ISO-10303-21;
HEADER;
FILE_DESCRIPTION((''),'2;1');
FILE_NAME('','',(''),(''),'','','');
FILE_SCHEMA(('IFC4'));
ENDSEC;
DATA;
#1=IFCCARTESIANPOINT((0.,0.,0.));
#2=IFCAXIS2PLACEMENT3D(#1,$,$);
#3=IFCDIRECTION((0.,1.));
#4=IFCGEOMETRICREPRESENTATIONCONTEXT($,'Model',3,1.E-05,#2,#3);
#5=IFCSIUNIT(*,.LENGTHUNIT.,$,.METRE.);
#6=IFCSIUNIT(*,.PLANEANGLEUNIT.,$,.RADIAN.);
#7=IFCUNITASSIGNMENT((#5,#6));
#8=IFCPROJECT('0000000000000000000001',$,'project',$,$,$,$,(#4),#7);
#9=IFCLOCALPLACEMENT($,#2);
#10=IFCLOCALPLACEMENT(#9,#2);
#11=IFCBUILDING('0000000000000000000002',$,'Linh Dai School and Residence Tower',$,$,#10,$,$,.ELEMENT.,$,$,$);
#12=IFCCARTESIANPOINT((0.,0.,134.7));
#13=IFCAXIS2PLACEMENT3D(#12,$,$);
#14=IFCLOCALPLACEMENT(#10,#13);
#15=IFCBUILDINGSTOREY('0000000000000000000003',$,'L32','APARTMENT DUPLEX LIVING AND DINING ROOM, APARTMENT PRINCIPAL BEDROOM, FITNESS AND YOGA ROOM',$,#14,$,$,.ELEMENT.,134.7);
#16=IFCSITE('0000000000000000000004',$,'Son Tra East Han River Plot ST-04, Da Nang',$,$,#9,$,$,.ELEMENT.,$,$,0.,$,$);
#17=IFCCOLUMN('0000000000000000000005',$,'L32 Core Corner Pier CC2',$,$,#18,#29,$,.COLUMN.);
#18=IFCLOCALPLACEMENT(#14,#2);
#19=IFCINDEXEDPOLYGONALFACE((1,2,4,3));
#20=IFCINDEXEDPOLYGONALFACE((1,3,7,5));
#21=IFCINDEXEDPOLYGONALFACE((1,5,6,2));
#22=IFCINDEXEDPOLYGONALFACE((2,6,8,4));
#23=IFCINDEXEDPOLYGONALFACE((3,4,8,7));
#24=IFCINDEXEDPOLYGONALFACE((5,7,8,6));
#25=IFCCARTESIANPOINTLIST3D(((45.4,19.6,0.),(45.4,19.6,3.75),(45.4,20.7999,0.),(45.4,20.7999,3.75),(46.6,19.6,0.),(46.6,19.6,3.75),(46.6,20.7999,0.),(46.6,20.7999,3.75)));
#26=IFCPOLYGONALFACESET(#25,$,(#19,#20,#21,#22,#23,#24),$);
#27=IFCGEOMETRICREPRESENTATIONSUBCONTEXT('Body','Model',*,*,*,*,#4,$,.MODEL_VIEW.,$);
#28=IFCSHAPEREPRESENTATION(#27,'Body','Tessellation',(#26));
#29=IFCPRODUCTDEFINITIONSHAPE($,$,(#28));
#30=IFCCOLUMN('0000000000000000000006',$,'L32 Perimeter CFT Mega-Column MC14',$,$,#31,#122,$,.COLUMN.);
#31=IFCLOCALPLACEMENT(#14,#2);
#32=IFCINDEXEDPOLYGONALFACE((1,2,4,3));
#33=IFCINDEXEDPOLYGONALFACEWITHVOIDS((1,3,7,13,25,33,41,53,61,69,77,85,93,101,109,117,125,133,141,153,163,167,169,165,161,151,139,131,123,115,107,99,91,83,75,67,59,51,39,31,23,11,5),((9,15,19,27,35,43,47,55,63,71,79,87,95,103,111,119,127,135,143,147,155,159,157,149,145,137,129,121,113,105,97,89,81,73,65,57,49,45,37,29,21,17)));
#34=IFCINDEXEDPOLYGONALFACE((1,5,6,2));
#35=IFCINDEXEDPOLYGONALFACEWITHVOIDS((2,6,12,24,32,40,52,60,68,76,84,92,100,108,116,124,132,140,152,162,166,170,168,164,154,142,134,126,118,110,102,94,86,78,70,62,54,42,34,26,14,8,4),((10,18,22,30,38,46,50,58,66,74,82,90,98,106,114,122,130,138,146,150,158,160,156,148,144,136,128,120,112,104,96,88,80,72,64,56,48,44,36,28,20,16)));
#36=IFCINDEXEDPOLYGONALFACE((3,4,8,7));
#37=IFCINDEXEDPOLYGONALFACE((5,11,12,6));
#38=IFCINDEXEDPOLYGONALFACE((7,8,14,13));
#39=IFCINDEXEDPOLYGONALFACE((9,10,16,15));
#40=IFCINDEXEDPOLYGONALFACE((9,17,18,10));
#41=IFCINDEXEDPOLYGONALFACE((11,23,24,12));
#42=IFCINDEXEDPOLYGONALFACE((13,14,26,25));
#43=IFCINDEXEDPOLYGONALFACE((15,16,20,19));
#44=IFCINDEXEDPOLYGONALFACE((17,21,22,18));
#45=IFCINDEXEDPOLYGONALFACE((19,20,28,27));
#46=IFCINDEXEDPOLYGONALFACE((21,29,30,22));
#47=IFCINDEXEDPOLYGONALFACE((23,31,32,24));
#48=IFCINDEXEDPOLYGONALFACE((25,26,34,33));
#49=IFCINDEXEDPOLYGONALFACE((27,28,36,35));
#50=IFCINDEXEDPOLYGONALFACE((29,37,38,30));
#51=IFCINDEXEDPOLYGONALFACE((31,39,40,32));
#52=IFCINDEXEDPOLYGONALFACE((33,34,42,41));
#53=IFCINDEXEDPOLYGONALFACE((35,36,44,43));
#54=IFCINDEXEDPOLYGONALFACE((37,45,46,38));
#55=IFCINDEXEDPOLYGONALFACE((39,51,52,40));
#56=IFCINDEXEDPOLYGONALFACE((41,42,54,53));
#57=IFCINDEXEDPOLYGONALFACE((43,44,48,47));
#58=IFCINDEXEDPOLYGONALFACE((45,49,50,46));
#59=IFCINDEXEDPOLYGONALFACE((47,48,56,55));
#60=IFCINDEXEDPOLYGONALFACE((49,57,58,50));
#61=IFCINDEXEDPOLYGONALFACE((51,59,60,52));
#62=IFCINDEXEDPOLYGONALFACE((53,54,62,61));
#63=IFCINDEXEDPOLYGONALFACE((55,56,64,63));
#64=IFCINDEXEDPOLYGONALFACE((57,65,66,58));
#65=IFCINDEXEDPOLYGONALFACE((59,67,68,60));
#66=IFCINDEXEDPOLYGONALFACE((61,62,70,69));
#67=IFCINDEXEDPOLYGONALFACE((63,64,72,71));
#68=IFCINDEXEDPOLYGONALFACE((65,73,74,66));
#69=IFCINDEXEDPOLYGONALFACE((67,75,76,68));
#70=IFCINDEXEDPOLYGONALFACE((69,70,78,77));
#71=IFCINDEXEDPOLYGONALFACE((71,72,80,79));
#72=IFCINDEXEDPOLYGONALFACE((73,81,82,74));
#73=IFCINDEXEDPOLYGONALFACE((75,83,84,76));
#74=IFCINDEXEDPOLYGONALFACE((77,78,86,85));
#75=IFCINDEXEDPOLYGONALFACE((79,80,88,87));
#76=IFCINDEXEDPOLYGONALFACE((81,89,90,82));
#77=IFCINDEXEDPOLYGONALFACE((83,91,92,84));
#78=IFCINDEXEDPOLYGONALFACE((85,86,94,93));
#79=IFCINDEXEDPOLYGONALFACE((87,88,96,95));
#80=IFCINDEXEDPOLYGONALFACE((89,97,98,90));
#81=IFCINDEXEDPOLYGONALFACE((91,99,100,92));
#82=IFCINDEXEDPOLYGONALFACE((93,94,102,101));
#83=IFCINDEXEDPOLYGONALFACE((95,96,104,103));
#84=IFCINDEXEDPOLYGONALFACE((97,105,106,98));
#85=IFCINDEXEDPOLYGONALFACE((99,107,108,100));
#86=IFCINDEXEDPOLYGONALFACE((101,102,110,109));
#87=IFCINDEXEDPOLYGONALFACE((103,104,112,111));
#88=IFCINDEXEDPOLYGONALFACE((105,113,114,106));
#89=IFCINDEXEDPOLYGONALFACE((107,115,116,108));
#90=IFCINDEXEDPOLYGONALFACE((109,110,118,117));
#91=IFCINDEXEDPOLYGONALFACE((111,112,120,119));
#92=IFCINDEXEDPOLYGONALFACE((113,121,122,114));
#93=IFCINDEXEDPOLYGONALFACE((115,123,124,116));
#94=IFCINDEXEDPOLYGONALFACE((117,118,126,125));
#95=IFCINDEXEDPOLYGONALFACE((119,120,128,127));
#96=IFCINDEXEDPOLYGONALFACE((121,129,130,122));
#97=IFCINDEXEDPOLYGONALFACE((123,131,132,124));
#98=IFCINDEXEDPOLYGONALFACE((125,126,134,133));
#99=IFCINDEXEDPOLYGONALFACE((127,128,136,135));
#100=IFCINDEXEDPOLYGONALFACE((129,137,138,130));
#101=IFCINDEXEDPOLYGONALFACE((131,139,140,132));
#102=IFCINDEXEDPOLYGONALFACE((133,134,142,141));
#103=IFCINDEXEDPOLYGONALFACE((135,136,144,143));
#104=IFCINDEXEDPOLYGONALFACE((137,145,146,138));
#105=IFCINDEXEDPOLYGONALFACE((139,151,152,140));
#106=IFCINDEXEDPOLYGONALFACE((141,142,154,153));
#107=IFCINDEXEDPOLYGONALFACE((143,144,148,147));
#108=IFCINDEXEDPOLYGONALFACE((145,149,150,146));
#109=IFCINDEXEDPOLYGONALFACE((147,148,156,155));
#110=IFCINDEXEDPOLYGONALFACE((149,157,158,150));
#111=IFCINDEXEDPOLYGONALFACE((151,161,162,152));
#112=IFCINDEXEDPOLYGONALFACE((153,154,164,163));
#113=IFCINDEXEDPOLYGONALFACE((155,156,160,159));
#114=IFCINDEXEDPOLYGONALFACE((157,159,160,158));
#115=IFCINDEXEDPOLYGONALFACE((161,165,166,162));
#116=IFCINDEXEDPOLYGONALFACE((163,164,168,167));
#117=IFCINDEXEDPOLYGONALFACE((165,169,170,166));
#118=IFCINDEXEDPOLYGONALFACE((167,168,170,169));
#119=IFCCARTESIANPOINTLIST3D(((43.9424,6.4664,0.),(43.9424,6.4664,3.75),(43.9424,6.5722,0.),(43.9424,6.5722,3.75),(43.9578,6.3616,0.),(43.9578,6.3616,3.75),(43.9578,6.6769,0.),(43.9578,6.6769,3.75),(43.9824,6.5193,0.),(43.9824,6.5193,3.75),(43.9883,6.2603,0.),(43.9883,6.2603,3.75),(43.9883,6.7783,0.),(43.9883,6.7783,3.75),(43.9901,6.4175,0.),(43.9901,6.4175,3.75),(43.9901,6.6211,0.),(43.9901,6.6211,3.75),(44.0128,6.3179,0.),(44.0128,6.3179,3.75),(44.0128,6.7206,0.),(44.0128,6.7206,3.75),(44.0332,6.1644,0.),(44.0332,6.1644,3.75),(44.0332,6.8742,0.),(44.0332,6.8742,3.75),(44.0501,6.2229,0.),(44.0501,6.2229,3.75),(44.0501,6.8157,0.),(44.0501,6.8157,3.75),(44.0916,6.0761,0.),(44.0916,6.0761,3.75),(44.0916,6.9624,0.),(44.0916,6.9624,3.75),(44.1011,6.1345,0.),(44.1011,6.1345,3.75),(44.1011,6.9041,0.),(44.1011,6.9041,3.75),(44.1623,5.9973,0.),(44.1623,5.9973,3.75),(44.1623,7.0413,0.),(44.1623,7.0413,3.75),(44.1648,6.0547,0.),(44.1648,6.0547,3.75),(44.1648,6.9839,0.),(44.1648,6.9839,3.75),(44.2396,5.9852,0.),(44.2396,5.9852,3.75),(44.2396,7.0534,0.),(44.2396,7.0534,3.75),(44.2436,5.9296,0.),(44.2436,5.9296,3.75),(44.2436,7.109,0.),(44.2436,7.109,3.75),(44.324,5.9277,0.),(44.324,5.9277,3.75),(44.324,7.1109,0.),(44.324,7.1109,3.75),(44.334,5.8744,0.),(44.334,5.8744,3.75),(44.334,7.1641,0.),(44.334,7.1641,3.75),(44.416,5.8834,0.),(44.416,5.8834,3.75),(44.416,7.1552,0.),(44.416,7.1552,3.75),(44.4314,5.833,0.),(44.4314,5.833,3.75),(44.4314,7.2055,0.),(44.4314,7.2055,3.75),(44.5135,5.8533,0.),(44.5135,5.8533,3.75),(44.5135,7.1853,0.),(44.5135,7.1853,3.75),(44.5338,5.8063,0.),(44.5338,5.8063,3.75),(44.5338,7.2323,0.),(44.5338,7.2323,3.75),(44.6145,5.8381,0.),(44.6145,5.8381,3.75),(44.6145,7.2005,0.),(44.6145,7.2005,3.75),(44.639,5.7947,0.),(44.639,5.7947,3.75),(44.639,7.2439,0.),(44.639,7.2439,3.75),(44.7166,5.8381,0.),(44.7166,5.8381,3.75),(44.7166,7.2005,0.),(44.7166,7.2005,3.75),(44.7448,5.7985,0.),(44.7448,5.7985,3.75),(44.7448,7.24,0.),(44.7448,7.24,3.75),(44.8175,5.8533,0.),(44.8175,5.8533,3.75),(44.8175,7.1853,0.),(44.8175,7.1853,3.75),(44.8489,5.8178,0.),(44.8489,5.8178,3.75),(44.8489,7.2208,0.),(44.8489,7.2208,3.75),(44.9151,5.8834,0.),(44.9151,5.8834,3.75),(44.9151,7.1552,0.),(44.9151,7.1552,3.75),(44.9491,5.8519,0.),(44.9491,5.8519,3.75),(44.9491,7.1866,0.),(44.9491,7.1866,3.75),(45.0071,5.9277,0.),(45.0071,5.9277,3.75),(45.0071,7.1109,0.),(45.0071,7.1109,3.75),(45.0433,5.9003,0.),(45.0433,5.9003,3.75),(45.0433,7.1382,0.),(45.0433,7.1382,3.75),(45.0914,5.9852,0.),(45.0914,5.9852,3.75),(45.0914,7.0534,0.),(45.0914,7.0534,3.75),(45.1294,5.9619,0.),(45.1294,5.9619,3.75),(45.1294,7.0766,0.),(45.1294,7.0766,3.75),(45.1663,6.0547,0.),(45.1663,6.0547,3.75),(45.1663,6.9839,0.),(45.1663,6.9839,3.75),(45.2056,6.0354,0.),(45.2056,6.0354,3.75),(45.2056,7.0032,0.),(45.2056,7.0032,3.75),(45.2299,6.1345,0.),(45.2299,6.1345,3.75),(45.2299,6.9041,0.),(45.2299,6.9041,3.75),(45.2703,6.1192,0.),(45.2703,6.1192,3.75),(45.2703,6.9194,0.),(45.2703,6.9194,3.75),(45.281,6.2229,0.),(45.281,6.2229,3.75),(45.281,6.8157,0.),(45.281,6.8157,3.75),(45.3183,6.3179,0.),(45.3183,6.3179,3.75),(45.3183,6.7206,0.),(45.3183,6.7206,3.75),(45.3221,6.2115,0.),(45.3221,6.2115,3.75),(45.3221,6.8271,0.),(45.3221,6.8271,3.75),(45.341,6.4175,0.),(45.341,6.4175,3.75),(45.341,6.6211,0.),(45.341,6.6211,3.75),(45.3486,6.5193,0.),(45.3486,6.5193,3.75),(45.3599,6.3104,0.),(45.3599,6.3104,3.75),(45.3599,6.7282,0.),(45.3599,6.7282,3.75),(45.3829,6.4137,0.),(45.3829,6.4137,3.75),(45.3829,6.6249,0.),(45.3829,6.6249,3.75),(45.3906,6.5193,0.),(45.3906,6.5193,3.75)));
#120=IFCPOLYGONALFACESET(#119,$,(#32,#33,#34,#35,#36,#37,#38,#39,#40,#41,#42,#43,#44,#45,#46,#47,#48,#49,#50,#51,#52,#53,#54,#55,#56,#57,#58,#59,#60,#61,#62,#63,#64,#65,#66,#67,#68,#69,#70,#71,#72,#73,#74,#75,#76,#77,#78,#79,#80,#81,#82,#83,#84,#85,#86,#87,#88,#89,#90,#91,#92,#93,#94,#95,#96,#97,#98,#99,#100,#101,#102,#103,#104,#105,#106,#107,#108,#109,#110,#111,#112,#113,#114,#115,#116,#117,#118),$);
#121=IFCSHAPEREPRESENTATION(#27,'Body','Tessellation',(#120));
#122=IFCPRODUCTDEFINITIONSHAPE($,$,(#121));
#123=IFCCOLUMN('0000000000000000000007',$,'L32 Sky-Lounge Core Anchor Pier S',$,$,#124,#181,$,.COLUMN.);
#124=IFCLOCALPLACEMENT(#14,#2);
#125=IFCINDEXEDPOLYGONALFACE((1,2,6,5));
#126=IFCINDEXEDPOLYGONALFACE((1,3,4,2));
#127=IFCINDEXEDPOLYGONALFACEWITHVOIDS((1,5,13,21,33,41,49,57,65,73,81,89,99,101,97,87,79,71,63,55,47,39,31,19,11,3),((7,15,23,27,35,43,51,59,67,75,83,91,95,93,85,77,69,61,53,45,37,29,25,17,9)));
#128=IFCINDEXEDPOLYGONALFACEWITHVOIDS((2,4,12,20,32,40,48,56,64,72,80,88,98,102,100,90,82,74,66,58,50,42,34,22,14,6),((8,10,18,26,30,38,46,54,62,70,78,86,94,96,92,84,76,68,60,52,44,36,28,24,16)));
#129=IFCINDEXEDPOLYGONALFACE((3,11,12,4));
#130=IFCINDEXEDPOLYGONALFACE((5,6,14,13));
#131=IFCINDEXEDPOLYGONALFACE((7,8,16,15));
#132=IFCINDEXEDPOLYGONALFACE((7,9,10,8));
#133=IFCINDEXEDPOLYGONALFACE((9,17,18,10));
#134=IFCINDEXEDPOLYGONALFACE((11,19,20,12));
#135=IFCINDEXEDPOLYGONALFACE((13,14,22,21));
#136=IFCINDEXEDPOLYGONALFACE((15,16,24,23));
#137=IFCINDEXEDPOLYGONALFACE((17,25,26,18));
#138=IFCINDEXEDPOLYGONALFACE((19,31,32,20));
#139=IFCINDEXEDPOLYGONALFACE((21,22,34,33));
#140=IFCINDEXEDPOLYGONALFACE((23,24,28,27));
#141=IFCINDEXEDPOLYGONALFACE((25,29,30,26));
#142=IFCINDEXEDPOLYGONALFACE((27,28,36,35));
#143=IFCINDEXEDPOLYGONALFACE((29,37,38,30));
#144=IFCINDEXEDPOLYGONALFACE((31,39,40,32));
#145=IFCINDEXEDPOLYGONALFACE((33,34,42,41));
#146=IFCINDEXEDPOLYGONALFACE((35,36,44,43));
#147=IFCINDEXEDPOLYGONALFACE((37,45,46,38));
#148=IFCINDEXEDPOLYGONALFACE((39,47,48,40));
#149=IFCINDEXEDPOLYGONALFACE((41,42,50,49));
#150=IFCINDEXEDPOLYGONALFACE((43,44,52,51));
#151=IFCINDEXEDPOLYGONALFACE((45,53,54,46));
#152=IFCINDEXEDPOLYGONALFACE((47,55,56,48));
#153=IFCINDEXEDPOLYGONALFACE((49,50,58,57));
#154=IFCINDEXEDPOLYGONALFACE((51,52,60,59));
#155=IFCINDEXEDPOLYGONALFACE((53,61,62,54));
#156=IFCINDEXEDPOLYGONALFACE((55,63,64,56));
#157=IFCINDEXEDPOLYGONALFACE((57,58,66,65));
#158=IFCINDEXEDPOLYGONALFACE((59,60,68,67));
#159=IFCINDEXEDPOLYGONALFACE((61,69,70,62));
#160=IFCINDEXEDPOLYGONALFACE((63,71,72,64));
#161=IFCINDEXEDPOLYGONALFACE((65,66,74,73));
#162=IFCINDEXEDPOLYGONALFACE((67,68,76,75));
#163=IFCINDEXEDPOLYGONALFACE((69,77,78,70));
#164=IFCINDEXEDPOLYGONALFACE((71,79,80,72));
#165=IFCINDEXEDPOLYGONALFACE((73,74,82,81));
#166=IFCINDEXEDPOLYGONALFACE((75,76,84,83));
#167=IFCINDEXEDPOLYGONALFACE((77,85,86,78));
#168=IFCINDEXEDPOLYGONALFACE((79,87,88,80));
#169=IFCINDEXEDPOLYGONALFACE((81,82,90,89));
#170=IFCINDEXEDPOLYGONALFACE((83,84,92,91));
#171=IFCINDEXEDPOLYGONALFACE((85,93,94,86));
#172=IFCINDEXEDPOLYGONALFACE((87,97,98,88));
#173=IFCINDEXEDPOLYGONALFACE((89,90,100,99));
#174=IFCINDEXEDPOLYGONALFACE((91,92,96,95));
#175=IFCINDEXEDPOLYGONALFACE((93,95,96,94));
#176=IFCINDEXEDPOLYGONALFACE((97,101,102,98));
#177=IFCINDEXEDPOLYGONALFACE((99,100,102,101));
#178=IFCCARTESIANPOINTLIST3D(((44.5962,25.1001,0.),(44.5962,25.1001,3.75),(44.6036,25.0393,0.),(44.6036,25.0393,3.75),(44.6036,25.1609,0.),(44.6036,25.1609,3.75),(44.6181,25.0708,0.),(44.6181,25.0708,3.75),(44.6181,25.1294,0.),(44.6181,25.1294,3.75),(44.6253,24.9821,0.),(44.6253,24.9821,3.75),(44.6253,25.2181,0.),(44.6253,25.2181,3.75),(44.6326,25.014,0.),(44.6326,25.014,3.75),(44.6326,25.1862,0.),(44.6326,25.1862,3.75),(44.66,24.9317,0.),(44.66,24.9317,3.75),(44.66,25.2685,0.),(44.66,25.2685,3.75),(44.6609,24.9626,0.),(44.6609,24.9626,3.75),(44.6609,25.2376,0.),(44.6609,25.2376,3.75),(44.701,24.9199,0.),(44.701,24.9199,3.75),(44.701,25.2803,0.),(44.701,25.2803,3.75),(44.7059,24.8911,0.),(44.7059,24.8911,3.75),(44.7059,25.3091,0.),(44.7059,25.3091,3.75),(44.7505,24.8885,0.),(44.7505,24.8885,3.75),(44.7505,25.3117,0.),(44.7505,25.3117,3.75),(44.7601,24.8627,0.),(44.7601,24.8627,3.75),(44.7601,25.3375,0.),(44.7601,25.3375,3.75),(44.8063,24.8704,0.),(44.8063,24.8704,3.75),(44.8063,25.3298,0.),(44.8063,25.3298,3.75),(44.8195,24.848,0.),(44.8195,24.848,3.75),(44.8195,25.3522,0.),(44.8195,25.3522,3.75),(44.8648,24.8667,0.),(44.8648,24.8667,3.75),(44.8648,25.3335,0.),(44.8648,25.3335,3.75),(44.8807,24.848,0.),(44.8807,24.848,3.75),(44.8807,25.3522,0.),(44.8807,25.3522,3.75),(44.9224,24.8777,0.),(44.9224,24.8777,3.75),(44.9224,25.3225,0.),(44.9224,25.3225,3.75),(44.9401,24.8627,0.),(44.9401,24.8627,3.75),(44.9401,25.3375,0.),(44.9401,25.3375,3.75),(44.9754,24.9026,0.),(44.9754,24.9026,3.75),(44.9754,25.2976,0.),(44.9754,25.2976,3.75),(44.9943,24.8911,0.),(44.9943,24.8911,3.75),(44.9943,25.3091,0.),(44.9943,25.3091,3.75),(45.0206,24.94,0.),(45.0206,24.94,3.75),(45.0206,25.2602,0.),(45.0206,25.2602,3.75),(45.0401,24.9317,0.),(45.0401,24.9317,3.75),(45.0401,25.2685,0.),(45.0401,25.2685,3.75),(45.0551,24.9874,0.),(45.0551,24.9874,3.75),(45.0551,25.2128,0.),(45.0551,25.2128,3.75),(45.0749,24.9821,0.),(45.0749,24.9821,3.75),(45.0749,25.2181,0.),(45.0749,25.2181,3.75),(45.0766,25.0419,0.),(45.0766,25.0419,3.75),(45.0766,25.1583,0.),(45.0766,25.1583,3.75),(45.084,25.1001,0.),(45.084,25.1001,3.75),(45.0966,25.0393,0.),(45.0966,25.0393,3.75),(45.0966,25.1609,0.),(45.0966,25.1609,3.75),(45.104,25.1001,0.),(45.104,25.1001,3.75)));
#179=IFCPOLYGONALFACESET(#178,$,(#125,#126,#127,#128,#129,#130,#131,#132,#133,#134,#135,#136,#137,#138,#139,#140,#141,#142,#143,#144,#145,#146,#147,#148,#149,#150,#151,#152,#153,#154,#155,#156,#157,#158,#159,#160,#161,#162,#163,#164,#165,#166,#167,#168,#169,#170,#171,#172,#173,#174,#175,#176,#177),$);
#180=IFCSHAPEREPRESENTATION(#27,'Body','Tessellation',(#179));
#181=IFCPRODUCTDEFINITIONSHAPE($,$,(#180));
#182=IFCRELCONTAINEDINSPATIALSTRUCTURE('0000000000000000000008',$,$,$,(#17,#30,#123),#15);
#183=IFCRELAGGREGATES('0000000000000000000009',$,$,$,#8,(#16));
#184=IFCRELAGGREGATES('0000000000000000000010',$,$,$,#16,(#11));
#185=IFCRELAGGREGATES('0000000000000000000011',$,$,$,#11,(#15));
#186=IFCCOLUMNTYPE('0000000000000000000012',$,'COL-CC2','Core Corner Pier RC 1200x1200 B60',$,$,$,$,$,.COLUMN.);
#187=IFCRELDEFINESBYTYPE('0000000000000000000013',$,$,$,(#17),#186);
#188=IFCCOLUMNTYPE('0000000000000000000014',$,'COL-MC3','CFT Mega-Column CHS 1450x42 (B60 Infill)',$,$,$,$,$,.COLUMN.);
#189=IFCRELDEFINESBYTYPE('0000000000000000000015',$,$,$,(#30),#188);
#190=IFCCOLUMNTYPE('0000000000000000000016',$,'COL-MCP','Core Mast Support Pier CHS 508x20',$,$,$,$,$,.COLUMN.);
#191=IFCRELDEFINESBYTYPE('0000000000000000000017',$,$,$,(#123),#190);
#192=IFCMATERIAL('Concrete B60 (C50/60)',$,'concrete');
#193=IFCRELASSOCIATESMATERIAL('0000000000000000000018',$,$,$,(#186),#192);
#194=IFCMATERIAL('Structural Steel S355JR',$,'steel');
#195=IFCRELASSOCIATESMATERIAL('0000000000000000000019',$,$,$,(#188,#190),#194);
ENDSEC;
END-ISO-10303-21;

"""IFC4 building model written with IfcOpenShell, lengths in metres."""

from ifc_helpers import new_model, si_unit, direction, frame, origin, origin_2d, place, context, subcontext, project, spatial, rectangle, hollow_circle, extrude, material, material_profile, profile_set, type_object, element, save


model = new_model("IFC4")

# Units and contexts
model_context = context("Model", 3, precision=1e-05, world=origin(), true_north=direction((0.0, 1.0)))
body_context = subcontext(model_context, "Body", "Model", "MODEL_VIEW")
ifc_project = project(units=[si_unit("LENGTHUNIT", "METRE"), si_unit("PLANEANGLEUNIT", "RADIAN")], contexts=[model_context])

# Site, building, storey
site_placement = place(None, origin())
site = spatial("IfcSite", under=ifc_project, at=site_placement, Name="Son Tra East Han River Plot ST-04, Da Nang", CompositionType="ELEMENT", RefElevation=0.0)
building_placement = place(site_placement, origin())
building = spatial("IfcBuilding", under=site, at=building_placement, Name="Linh Dai School and Residence Tower", CompositionType="ELEMENT")
storey_placement = place(building_placement, frame((0.0, 0.0, 134.7)))
storey = spatial("IfcBuildingStorey", under=building, at=storey_placement, Name="L32", Description="APARTMENT DUPLEX LIVING AND DINING ROOM, APARTMENT PRINCIPAL BEDROOM, FITNESS AND YOGA ROOM", CompositionType="ELEMENT", Elevation=134.7)

# Columns
ifc_material_1 = material(Name="Concrete B60 (C50/60)", Category="concrete")
ifc_material_profile_1 = material_profile(ifc_material_1, rectangle(XDim=1.2, YDim=1.2, at=origin_2d()), Name="RC 1200x1200")
ifc_profile_set_1 = profile_set([ifc_material_profile_1], Name="Concrete B60 (C50/60)")
column_type_1 = type_object("IfcColumnType", Name="COL-CC2", Description="Core Corner Pier RC 1200x1200 B60", PredefinedType="COLUMN", material=ifc_profile_set_1)
column_1_placement = place(storey_placement, frame((46.0, 20.2, 0.0), z_axis=(0.0, 0.0, 1.0), x_axis=(1.0, 0.0, 0.0)))
element("IfcColumn", 1, at=column_1_placement, inside=storey, type_object=column_type_1, Name="L32 Core Corner Pier CC2", PredefinedType="COLUMN", context=body_context, shape_type="SweptSolid", body=[
    extrude(rectangle(XDim=1.2, YDim=1.2, at=origin_2d()), origin(), (0.0, 0.0, 1.0), 3.75),
])
ifc_material_2 = material(Name="Structural Steel S355JR", Category="steel")
ifc_material_profile_2 = material_profile(ifc_material_2, hollow_circle(Radius=0.7251, WallThickness=0.042, at=origin_2d()), Name="CHS 1450x42")
ifc_profile_set_2 = profile_set([ifc_material_profile_2], Name="Structural Steel S355JR")
column_type_2 = type_object("IfcColumnType", Name="COL-MC3", Description="CFT Mega-Column CHS 1450x42 (B60 Infill)", PredefinedType="COLUMN", material=ifc_profile_set_2)
column_2_placement = place(storey_placement, frame((44.6655, 6.5193, 0.0), z_axis=(0.0, 0.0, 1.0), x_axis=(1.0, 0.0, 0.0)))
element("IfcColumn", 2, at=column_2_placement, inside=storey, type_object=column_type_2, Name="L32 Perimeter CFT Mega-Column MC14", PredefinedType="COLUMN", context=body_context, shape_type="SweptSolid", body=[
    extrude(hollow_circle(Radius=0.7251, WallThickness=0.042, at=origin_2d()), origin(), (0.0, 0.0, 1.0), 3.75),
])
ifc_material_profile_3 = material_profile(ifc_material_2, hollow_circle(Radius=0.2539, WallThickness=0.02, at=origin_2d()), Name="CHS 508x20")
ifc_profile_set_3 = profile_set([ifc_material_profile_3], Name="Structural Steel S355JR")
column_type_3 = type_object("IfcColumnType", Name="COL-MCP", Description="Core Mast Support Pier CHS 508x20", PredefinedType="COLUMN", material=ifc_profile_set_3)
column_3_placement = place(storey_placement, frame((44.8501, 25.1001, 0.0), z_axis=(0.0, 0.0, 1.0), x_axis=(1.0, 0.0, 0.0)))
element("IfcColumn", 3, at=column_3_placement, inside=storey, type_object=column_type_3, Name="L32 Sky-Lounge Core Anchor Pier S", PredefinedType="COLUMN", context=body_context, shape_type="SweptSolid", body=[
    extrude(hollow_circle(Radius=0.2539, WallThickness=0.02, at=origin_2d()), origin(), (0.0, 0.0, 1.0), 3.75),
])

save(model, "model.ifc")
